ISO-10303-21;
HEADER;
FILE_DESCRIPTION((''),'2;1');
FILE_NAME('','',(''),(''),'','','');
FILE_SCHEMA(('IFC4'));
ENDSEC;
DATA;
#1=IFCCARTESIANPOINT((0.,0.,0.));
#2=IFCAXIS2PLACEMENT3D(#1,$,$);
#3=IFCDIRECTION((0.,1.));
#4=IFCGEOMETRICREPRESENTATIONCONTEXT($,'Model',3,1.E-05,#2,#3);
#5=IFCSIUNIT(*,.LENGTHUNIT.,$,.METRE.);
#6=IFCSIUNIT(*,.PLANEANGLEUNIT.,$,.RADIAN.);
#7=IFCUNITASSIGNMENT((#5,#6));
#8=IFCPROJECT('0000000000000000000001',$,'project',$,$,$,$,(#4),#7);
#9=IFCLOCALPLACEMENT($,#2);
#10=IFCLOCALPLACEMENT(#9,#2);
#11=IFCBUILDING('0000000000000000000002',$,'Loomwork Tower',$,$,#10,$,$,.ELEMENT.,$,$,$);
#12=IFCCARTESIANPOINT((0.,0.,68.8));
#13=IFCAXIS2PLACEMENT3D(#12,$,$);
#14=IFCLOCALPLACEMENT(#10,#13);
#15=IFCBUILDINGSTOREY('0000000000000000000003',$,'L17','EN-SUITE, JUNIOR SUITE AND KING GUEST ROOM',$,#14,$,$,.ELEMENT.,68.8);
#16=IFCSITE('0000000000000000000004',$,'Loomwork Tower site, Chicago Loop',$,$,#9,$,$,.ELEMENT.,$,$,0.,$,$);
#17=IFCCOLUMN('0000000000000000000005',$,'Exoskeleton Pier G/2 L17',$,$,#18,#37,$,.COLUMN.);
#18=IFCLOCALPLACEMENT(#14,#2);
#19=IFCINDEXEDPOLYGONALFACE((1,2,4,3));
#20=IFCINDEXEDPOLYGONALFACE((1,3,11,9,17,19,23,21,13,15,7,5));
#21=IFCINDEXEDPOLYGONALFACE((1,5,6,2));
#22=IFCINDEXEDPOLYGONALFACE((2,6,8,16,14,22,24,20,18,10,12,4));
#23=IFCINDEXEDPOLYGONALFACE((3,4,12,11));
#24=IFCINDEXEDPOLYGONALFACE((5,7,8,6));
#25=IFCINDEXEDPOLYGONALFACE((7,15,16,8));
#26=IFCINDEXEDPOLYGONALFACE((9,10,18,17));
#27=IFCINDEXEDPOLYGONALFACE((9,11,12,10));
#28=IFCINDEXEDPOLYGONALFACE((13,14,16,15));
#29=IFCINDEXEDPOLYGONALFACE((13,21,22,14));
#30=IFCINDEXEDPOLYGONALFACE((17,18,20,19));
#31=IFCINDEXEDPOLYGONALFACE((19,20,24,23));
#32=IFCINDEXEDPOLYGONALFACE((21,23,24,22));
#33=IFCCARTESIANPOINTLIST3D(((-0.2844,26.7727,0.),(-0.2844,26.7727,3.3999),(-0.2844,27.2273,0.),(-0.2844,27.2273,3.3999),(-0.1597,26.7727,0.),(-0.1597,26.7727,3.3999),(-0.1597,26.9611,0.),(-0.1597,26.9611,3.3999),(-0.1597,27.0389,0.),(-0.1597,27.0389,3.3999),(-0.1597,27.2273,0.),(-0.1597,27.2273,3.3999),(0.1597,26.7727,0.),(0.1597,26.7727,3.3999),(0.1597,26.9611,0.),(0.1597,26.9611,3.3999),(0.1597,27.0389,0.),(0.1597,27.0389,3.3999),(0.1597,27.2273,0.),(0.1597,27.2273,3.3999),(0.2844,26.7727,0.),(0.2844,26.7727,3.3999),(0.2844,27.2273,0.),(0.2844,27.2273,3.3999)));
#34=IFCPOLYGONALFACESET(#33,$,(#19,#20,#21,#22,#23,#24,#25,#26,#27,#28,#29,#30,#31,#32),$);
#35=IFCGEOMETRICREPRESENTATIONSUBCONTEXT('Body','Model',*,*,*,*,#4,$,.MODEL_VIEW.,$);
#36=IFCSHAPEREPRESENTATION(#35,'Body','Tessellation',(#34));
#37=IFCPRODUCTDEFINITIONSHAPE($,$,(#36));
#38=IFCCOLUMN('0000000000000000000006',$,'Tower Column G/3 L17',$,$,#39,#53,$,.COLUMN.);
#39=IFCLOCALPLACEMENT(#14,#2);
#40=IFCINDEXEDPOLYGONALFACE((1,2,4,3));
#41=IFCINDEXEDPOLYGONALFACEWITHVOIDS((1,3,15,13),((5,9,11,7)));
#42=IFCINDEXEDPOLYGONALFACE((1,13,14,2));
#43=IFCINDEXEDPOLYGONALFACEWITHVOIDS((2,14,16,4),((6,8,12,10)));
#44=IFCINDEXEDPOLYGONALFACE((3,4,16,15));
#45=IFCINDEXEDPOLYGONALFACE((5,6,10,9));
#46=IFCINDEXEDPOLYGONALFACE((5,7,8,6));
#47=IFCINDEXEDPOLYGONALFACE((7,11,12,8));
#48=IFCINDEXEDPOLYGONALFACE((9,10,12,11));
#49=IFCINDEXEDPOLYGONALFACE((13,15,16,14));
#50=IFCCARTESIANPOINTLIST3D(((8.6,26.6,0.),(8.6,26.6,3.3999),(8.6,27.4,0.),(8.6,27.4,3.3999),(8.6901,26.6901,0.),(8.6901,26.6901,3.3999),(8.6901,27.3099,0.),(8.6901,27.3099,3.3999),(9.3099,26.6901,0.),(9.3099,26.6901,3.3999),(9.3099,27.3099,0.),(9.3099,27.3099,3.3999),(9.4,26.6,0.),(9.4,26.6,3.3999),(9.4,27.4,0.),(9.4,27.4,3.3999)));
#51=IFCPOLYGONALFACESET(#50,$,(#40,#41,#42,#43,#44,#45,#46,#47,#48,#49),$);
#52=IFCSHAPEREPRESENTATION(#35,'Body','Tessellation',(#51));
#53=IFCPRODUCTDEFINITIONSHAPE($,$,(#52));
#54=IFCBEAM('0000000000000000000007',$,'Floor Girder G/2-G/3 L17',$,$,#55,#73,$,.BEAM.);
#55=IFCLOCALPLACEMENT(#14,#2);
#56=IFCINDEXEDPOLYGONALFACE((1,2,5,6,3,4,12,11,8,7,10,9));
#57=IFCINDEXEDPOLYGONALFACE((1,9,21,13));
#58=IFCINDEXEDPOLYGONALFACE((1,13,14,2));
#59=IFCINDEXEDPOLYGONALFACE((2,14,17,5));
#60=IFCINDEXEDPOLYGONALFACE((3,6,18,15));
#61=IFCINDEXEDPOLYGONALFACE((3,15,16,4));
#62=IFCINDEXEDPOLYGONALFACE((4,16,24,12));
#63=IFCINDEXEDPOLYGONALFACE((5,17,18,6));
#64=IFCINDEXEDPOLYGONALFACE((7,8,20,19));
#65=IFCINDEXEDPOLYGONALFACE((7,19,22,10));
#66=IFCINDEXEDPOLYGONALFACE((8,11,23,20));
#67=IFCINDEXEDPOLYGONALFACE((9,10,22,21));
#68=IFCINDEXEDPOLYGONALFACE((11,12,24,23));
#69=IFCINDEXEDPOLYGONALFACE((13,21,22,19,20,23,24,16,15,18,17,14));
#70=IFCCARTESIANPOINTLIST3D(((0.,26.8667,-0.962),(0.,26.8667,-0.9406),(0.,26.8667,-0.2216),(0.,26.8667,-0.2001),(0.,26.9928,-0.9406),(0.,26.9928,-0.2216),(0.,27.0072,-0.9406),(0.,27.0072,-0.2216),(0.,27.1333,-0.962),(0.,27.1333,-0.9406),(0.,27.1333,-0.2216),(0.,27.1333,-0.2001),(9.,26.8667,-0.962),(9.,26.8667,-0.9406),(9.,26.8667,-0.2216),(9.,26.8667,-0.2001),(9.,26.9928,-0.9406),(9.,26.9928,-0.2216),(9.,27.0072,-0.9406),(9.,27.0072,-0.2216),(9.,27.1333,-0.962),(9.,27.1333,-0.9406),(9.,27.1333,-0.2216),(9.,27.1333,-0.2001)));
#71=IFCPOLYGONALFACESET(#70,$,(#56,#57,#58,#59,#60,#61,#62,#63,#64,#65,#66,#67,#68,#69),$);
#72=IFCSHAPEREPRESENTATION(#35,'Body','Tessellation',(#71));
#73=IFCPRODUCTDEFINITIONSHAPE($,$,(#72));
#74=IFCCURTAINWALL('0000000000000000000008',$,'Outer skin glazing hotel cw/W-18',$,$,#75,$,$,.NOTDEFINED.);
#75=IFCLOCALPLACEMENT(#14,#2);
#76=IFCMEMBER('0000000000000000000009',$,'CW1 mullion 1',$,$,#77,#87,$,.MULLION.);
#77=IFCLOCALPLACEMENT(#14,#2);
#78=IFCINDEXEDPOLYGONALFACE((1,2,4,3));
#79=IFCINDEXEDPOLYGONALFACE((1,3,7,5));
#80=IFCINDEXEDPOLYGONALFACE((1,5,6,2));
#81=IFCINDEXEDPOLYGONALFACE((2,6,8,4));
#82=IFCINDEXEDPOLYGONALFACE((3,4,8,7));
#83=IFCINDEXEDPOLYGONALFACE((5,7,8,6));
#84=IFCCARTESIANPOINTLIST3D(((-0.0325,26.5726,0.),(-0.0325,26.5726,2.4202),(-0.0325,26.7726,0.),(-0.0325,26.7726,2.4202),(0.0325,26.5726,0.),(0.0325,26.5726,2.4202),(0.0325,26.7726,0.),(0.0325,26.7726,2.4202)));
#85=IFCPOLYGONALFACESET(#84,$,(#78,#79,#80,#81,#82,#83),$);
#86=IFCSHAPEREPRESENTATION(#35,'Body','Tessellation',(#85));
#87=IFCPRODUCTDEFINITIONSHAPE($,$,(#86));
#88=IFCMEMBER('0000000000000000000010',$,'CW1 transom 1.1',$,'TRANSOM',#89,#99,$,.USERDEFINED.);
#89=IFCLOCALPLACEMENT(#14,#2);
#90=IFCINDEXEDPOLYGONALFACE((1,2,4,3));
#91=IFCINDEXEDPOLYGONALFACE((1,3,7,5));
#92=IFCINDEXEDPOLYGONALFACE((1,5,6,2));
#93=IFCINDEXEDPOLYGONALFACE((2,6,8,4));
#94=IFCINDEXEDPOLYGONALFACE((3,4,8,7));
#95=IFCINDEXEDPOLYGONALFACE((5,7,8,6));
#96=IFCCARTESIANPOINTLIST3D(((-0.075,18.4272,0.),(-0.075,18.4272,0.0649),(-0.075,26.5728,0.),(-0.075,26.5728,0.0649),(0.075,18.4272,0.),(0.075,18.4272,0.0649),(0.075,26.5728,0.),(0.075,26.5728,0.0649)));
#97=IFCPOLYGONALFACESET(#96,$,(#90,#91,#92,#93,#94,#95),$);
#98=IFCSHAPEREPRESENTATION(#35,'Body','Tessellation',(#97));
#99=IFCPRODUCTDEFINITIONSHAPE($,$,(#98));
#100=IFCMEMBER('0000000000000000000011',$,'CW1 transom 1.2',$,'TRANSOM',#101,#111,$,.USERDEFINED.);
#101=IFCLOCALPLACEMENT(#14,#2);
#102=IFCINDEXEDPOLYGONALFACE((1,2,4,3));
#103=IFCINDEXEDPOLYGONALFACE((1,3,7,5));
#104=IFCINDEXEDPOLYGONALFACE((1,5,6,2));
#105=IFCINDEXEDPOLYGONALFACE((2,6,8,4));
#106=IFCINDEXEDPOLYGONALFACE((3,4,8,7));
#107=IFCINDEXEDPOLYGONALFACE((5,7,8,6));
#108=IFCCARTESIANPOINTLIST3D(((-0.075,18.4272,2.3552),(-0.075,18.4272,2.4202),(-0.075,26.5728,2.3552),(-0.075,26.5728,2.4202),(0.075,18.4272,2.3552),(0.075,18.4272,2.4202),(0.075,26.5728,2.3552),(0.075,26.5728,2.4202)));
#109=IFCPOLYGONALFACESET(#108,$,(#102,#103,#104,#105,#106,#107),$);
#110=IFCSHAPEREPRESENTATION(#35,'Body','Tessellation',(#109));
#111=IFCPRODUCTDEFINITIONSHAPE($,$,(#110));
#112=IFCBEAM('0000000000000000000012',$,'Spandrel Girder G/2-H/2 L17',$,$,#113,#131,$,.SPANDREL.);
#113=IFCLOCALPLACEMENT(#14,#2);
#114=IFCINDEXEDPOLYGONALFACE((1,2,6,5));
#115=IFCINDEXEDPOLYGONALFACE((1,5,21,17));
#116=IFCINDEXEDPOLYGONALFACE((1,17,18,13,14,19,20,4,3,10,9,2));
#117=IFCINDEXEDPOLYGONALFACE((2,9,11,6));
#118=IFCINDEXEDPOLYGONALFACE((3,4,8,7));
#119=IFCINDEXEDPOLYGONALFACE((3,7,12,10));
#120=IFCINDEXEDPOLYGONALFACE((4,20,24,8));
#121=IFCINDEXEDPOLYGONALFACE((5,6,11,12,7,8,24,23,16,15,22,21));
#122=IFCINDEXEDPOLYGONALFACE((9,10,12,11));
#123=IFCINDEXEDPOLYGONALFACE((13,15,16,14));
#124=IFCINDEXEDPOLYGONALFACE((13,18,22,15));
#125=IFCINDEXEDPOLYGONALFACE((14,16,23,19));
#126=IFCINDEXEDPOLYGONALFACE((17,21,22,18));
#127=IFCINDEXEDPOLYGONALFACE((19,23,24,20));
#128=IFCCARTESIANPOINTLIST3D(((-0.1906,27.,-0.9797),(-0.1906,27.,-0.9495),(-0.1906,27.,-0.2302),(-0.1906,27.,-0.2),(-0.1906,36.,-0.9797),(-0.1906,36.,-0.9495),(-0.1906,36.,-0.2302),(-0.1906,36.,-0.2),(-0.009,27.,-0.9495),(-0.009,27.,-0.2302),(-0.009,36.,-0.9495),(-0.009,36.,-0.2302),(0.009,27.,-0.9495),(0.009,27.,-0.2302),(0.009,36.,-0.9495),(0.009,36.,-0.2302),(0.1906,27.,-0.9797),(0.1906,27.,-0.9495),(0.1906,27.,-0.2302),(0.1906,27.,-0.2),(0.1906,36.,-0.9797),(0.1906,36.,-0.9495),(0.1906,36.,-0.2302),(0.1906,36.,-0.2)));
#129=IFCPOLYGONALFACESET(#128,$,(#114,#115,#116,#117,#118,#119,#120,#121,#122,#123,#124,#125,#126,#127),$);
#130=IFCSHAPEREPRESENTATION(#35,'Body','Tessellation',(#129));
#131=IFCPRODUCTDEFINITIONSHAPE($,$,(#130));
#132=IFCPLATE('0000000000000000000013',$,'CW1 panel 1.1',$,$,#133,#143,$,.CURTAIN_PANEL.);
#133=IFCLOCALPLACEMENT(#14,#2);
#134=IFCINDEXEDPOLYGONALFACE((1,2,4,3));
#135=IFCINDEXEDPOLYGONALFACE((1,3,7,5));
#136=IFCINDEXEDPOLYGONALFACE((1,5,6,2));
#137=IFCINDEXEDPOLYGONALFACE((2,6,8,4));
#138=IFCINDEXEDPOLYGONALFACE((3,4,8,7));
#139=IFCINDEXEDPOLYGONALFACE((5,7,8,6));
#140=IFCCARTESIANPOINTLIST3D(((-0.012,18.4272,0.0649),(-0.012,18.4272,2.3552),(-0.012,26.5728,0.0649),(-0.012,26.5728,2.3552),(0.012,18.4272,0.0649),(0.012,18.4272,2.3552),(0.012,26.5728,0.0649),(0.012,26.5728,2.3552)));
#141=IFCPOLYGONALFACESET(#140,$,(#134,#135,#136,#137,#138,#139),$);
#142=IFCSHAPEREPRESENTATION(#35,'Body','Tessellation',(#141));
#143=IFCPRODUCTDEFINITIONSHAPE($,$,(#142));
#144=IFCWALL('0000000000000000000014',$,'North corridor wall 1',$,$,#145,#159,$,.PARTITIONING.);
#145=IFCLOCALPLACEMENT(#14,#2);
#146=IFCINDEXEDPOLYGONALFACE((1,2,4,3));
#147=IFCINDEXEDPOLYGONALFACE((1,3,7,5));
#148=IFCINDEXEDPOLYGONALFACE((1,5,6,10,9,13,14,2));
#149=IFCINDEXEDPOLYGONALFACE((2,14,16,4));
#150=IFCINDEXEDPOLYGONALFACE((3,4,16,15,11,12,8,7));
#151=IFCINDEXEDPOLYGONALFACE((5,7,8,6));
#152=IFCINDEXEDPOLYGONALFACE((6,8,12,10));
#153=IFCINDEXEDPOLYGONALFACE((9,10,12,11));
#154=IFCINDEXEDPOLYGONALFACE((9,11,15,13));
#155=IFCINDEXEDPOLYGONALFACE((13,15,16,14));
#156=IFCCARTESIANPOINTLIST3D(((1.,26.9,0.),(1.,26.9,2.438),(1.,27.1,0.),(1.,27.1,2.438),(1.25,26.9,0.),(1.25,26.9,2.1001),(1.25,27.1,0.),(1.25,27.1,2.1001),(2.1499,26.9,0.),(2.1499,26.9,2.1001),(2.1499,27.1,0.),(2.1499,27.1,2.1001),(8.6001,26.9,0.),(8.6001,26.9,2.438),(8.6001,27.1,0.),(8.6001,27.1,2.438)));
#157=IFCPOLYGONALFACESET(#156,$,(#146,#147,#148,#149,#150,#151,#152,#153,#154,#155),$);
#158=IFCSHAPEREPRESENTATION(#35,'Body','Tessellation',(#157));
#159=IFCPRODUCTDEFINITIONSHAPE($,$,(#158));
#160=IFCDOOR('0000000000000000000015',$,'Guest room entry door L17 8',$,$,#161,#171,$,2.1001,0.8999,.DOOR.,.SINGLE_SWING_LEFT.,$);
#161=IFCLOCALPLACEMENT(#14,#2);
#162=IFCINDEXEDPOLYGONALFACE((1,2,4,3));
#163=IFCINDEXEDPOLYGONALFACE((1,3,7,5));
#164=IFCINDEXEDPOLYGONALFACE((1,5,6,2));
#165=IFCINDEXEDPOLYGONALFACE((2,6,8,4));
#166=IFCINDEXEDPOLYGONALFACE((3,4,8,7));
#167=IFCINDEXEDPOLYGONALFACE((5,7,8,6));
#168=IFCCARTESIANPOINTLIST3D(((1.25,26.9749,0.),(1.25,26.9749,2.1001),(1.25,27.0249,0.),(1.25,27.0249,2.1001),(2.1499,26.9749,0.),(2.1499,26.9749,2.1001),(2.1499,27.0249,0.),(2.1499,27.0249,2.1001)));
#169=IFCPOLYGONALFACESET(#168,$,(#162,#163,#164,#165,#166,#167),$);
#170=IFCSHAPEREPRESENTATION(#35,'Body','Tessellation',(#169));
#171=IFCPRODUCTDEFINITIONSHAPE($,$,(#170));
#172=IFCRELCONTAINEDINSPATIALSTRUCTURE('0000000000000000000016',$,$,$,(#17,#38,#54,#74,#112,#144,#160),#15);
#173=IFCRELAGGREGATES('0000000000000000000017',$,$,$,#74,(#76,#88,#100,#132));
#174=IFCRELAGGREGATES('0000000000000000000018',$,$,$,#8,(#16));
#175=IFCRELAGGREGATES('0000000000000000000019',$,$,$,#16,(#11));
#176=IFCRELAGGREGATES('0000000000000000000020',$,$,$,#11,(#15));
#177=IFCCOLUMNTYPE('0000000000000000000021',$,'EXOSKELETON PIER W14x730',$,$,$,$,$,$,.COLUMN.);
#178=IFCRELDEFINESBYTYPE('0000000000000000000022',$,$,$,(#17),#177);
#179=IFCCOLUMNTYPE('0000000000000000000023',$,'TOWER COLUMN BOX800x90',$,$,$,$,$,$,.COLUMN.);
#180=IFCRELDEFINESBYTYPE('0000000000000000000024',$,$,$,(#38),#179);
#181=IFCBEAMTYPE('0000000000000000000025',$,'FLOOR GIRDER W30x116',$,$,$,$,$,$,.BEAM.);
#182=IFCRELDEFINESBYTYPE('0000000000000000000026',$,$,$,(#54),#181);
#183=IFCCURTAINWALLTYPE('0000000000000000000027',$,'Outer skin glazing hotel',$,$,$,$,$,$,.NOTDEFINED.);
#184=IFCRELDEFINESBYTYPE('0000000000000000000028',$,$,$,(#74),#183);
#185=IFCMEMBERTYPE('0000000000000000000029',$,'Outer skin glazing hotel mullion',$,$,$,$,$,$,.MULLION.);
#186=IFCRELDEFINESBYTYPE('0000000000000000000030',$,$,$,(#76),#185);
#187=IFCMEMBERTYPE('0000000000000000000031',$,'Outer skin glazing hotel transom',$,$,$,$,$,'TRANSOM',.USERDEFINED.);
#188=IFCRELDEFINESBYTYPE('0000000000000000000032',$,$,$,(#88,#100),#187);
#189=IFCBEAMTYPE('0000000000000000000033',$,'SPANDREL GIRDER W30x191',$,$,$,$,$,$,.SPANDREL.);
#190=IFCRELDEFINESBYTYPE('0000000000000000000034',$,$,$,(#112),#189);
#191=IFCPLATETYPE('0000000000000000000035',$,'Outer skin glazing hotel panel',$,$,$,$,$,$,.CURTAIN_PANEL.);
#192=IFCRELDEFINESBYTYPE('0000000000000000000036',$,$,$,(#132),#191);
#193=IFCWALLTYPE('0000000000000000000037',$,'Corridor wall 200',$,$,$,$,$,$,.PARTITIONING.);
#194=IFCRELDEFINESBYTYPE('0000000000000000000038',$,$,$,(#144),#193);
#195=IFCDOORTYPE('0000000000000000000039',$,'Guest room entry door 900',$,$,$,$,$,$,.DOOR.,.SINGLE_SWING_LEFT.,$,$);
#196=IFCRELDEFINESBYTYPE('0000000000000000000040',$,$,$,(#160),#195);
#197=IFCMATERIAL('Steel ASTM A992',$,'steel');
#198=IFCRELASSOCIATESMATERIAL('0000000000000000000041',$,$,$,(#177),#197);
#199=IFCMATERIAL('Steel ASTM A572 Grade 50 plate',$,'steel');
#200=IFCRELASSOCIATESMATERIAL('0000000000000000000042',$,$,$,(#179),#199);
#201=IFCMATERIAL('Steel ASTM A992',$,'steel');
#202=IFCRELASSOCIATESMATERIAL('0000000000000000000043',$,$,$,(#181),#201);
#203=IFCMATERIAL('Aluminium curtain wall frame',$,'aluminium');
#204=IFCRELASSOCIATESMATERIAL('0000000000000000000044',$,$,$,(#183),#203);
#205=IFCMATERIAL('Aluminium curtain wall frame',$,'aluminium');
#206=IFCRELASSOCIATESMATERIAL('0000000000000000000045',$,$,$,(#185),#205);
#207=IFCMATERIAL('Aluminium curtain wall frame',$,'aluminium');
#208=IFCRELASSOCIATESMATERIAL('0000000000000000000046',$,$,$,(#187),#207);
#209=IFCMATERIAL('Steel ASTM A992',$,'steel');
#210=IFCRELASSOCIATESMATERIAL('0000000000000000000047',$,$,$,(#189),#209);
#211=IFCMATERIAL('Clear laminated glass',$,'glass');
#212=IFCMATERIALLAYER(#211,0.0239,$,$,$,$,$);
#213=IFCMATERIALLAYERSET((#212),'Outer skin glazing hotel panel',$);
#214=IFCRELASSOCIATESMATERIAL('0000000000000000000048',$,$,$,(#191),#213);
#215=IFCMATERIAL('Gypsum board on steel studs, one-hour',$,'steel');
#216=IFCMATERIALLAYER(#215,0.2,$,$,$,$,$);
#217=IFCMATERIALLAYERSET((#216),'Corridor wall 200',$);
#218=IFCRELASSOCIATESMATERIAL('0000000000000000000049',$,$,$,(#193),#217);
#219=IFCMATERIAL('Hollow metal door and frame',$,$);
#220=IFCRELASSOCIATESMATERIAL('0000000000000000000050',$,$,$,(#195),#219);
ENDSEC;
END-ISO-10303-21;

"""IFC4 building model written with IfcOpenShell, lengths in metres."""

from ifc_helpers import new_model, si_unit, direction, frame, frame_2d, origin, origin_2d, place, context, subcontext, project, spatial, rectangle, hollow_rectangle, i_section, extrude, material, layer, layer_set, material_profile, profile_set, type_object, element, fill, aggregate, save


model = new_model("IFC4")

# Units and contexts
model_context = context("Model", 3, precision=1e-05, world=origin(), true_north=direction((0.0, 1.0)))
body_context = subcontext(model_context, "Body", "Model", "MODEL_VIEW")
ifc_project = project(units=[si_unit("LENGTHUNIT", "METRE"), si_unit("PLANEANGLEUNIT", "RADIAN")], contexts=[model_context])

# Site, building, storey
site_placement = place(None, origin())
site = spatial("IfcSite", under=ifc_project, at=site_placement, Name="Loomwork Tower site, Chicago Loop", CompositionType="ELEMENT", RefElevation=0.0)
building_placement = place(site_placement, origin())
building = spatial("IfcBuilding", under=site, at=building_placement, Name="Loomwork Tower", CompositionType="ELEMENT")
storey_placement = place(building_placement, frame((0.0, 0.0, 68.8)))
storey = spatial("IfcBuildingStorey", under=building, at=storey_placement, Name="L17", Description="EN-SUITE, JUNIOR SUITE AND KING GUEST ROOM", CompositionType="ELEMENT", Elevation=68.8)

# Columns
ifc_material_1 = material(Name="Steel ASTM A992", Category="steel")
ifc_material_profile_1 = material_profile(ifc_material_1, i_section(OverallWidth=0.4546, OverallDepth=0.5688, WebThickness=0.0779, FlangeThickness=0.1248, at=origin_2d()), Name="W14x730")
ifc_profile_set_1 = profile_set([ifc_material_profile_1], Name="Steel ASTM A992")
column_type_1 = type_object("IfcColumnType", Name="EXOSKELETON PIER W14x730", PredefinedType="COLUMN", material=ifc_profile_set_1)
column_1_placement = place(storey_placement, frame((0.0, 27.0, 0.0), z_axis=(0.0, 0.0, 1.0), x_axis=(0.0, 1.0, 0.0)))
element("IfcColumn", 1, at=column_1_placement, inside=storey, type_object=column_type_1, Name="Exoskeleton Pier G/2 L17", PredefinedType="COLUMN", context=body_context, shape_type="SweptSolid", body=[
    extrude(i_section(OverallWidth=0.4546, OverallDepth=0.5688, WebThickness=0.0779, FlangeThickness=0.1248, at=origin_2d()), origin(), (0.0, 0.0, 1.0), 3.3999),
])
ifc_material_2 = material(Name="Steel ASTM A572 Grade 50 plate", Category="steel")
ifc_material_profile_2 = material_profile(ifc_material_2, hollow_rectangle(XDim=0.8, YDim=0.8, WallThickness=0.0901, at=origin_2d()), Name="BOX800x90")
ifc_profile_set_2 = profile_set([ifc_material_profile_2], Name="Steel ASTM A572 Grade 50 plate")
column_type_2 = type_object("IfcColumnType", Name="TOWER COLUMN BOX800x90", PredefinedType="COLUMN", material=ifc_profile_set_2)
column_2_placement = place(storey_placement, frame((9.0, 27.0, 0.0), z_axis=(0.0, 0.0, 1.0), x_axis=(1.0, 0.0, 0.0)))
element("IfcColumn", 2, at=column_2_placement, inside=storey, type_object=column_type_2, Name="Tower Column G/3 L17", PredefinedType="COLUMN", context=body_context, shape_type="SweptSolid", body=[
    extrude(hollow_rectangle(XDim=0.8, YDim=0.8, WallThickness=0.0901, at=origin_2d()), origin(), (0.0, 0.0, 1.0), 3.3999),
])

# Beam
ifc_material_3 = material(Name="Steel ASTM A992", Category="steel")
ifc_material_profile_3 = material_profile(ifc_material_3, i_section(OverallWidth=0.2666, OverallDepth=0.762, WebThickness=0.0144, FlangeThickness=0.0215, at=origin_2d()), Name="W30x116")
ifc_profile_set_3 = profile_set([ifc_material_profile_3], Name="Steel ASTM A992")
beam_type_1 = type_object("IfcBeamType", Name="FLOOR GIRDER W30x116", PredefinedType="BEAM", material=ifc_profile_set_3)
beam_1_placement = place(storey_placement, frame((0.0, 27.0, -0.5811), z_axis=(1.0, 0.0, 0.0), x_axis=(0.0, 1.0, 0.0)))
element("IfcBeam", 3, at=beam_1_placement, inside=storey, type_object=beam_type_1, Name="Floor Girder G/2-G/3 L17", PredefinedType="BEAM", context=body_context, shape_type="SweptSolid", body=[
    extrude(i_section(OverallWidth=0.2666, OverallDepth=0.762, WebThickness=0.0144, FlangeThickness=0.0215, at=origin_2d()), origin(), (0.0, 0.0, 1.0), 9.0),
])

# Curtain wall, members
ifc_material_4 = material(Name="Aluminium curtain wall frame", Category="aluminium")
curtain_wall_type = type_object("IfcCurtainWallType", Name="Outer skin glazing hotel", PredefinedType="NOTDEFINED", material=ifc_material_4)
curtain_wall_placement = place(storey_placement, origin())
curtain_wall = element("IfcCurtainWall", 4, at=curtain_wall_placement, inside=storey, type_object=curtain_wall_type, Name="Outer skin glazing hotel cw/W-18", PredefinedType="NOTDEFINED")
ifc_material_5 = material(Name="Aluminium curtain wall frame", Category="aluminium")
ifc_material_profile_4 = material_profile(ifc_material_5, rectangle(XDim=0.0649, YDim=0.2, at=origin_2d()), Name="AL 65x200")
ifc_profile_set_4 = profile_set([ifc_material_profile_4], Name="Aluminium curtain wall frame")
member_type_1 = type_object("IfcMemberType", Name="Outer skin glazing hotel mullion", PredefinedType="MULLION", material=ifc_profile_set_4)
member_1_placement = place(storey_placement, frame((0.0, 26.6726, 0.0), z_axis=(0.0, 0.0, 1.0), x_axis=(1.0, 0.0, 0.0)))
member_1 = element("IfcMember", 5, at=member_1_placement, type_object=member_type_1, Name="CW1 mullion 1", PredefinedType="MULLION", context=body_context, shape_type="SweptSolid", body=[
    extrude(rectangle(XDim=0.0649, YDim=0.2, at=origin_2d()), origin(), (0.0, 0.0, 1.0), 2.4202),
])
ifc_material_6 = material(Name="Aluminium curtain wall frame", Category="aluminium")
ifc_material_profile_5 = material_profile(ifc_material_6, rectangle(XDim=0.1499, YDim=0.0649, at=origin_2d()), Name="AL 65x150")
ifc_profile_set_5 = profile_set([ifc_material_profile_5], Name="Aluminium curtain wall frame")
member_type_2 = type_object("IfcMemberType", Name="Outer skin glazing hotel transom", ElementType="TRANSOM", PredefinedType="USERDEFINED", material=ifc_profile_set_5)
member_2_placement = place(storey_placement, frame((0.0, 26.5728, 0.0325), z_axis=(0.0, -1.0, 0.0), x_axis=(1.0, 0.0, 0.0)))
member_2 = element("IfcMember", 6, at=member_2_placement, type_object=member_type_2, Name="CW1 transom 1.1", ObjectType="TRANSOM", PredefinedType="USERDEFINED", context=body_context, shape_type="SweptSolid", body=[
    extrude(rectangle(XDim=0.1499, YDim=0.0649, at=origin_2d()), origin(), (0.0, 0.0, 1.0), 8.1455),
])
member_3_placement = place(storey_placement, frame((0.0, 26.5728, 2.3877), z_axis=(0.0, -1.0, 0.0), x_axis=(1.0, 0.0, 0.0)))
member_3 = element("IfcMember", 7, at=member_3_placement, type_object=member_type_2, Name="CW1 transom 1.2", ObjectType="TRANSOM", PredefinedType="USERDEFINED", context=body_context, shape_type="SweptSolid", body=[
    extrude(rectangle(XDim=0.1499, YDim=0.0649, at=origin_2d()), origin(), (0.0, 0.0, 1.0), 8.1455),
])

# Beam
ifc_material_7 = material(Name="Steel ASTM A992", Category="steel")
ifc_material_profile_6 = material_profile(ifc_material_7, i_section(OverallWidth=0.3811, OverallDepth=0.7798, WebThickness=0.0181, FlangeThickness=0.0303, at=origin_2d()), Name="W30x191")
ifc_profile_set_6 = profile_set([ifc_material_profile_6], Name="Steel ASTM A992")
beam_type_2 = type_object("IfcBeamType", Name="SPANDREL GIRDER W30x191", PredefinedType="SPANDREL", material=ifc_profile_set_6)
beam_2_placement = place(storey_placement, frame((0.0, 27.0, -0.5898), z_axis=(0.0, 1.0, 0.0), x_axis=(-1.0, 0.0, 0.0)))
element("IfcBeam", 8, at=beam_2_placement, inside=storey, type_object=beam_type_2, Name="Spandrel Girder G/2-H/2 L17", PredefinedType="SPANDREL", context=body_context, shape_type="SweptSolid", body=[
    extrude(i_section(OverallWidth=0.3811, OverallDepth=0.7798, WebThickness=0.0181, FlangeThickness=0.0303, at=origin_2d()), origin(), (0.0, 0.0, 1.0), 9.0),
])

# Plate
ifc_material_8 = material(Name="Clear laminated glass", Category="glass")
ifc_layer_1 = layer(ifc_material_8, 0.0239)
ifc_layer_set_1 = layer_set([ifc_layer_1], Name="Outer skin glazing hotel panel")
plate_type = type_object("IfcPlateType", Name="Outer skin glazing hotel panel", PredefinedType="CURTAIN_PANEL", material=ifc_layer_set_1)
plate_placement = place(storey_placement, frame((0.0, 22.5, 0.0649), z_axis=(0.0, 0.0, 1.0), x_axis=(0.0, -1.0, 0.0)))
plate = element("IfcPlate", 9, at=plate_placement, type_object=plate_type, Name="CW1 panel 1.1", PredefinedType="CURTAIN_PANEL", context=body_context, shape_type="SweptSolid", body=[
    extrude(rectangle(XDim=8.1455, YDim=0.0239, at=origin_2d()), origin(), (0.0, 0.0, 1.0), 2.2903),
])
aggregate(curtain_wall, [member_1, member_2, member_3, plate])

# Wall, opening, door
ifc_material_9 = material(Name="Gypsum board on steel studs, one-hour", Category="steel")
ifc_layer_2 = layer(ifc_material_9, 0.2)
ifc_layer_set_2 = layer_set([ifc_layer_2], Name="Corridor wall 200")
wall_type_1 = type_object("IfcWallType", Name="Corridor wall 200", PredefinedType="PARTITIONING", material=ifc_layer_set_2)
wall_1_placement = place(storey_placement, frame((1.0, 27.0, 0.0), z_axis=(0.0, 0.0, 1.0), x_axis=(1.0, 0.0, 0.0)))
wall_1 = element("IfcWall", 10, at=wall_1_placement, inside=storey, type_object=wall_type_1, Name="North corridor wall 1", PredefinedType="PARTITIONING", context=body_context, shape_type="SweptSolid", body=[
    extrude(rectangle(XDim=7.6001, YDim=0.2, at=frame_2d((3.8, 0.0))), origin(), (0.0, 0.0, 1.0), 2.438),
])
opening_1_placement = place(wall_1_placement, frame((0.25, 0.0, 0.0)))
opening_1 = element("IfcOpeningElement", 11, at=opening_1_placement, cuts=wall_1, PredefinedType="OPENING", context=body_context, shape_type="SweptSolid", body=[
    extrude(rectangle(XDim=0.8999, YDim=2.1001, at=frame_2d((0.45, 1.05))), frame((0.0, 0.1099, 0.0), z_axis=(0.0, -1.0, 0.0), x_axis=(1.0, 0.0, 0.0)), (0.0, 0.0, 1.0), 0.22),
])
ifc_material_10 = material(Name="Hollow metal door and frame")
door_type_1 = type_object("IfcDoorType", Name="Guest room entry door 900", OperationType="SINGLE_SWING_LEFT", PredefinedType="DOOR", material=ifc_material_10)
door_1_placement = place(opening_1_placement, origin())
door_1 = element("IfcDoor", 12, at=door_1_placement, inside=storey, type_object=door_type_1, Name="Guest room entry door L17 8", OperationType="SINGLE_SWING_LEFT", OverallHeight=2.1001, OverallWidth=0.8999, PredefinedType="DOOR", context=body_context, shape_type="SweptSolid", body=[
    extrude(rectangle(XDim=0.8999, YDim=2.1001, at=frame_2d((0.45, 1.05))), frame((0.0, 0.0249, 0.0), z_axis=(0.0, -1.0, 0.0), x_axis=(1.0, 0.0, 0.0)), (0.0, 0.0, 1.0), 0.05),
])
fill(opening_1, door_1)

save(model, "model.ifc")
